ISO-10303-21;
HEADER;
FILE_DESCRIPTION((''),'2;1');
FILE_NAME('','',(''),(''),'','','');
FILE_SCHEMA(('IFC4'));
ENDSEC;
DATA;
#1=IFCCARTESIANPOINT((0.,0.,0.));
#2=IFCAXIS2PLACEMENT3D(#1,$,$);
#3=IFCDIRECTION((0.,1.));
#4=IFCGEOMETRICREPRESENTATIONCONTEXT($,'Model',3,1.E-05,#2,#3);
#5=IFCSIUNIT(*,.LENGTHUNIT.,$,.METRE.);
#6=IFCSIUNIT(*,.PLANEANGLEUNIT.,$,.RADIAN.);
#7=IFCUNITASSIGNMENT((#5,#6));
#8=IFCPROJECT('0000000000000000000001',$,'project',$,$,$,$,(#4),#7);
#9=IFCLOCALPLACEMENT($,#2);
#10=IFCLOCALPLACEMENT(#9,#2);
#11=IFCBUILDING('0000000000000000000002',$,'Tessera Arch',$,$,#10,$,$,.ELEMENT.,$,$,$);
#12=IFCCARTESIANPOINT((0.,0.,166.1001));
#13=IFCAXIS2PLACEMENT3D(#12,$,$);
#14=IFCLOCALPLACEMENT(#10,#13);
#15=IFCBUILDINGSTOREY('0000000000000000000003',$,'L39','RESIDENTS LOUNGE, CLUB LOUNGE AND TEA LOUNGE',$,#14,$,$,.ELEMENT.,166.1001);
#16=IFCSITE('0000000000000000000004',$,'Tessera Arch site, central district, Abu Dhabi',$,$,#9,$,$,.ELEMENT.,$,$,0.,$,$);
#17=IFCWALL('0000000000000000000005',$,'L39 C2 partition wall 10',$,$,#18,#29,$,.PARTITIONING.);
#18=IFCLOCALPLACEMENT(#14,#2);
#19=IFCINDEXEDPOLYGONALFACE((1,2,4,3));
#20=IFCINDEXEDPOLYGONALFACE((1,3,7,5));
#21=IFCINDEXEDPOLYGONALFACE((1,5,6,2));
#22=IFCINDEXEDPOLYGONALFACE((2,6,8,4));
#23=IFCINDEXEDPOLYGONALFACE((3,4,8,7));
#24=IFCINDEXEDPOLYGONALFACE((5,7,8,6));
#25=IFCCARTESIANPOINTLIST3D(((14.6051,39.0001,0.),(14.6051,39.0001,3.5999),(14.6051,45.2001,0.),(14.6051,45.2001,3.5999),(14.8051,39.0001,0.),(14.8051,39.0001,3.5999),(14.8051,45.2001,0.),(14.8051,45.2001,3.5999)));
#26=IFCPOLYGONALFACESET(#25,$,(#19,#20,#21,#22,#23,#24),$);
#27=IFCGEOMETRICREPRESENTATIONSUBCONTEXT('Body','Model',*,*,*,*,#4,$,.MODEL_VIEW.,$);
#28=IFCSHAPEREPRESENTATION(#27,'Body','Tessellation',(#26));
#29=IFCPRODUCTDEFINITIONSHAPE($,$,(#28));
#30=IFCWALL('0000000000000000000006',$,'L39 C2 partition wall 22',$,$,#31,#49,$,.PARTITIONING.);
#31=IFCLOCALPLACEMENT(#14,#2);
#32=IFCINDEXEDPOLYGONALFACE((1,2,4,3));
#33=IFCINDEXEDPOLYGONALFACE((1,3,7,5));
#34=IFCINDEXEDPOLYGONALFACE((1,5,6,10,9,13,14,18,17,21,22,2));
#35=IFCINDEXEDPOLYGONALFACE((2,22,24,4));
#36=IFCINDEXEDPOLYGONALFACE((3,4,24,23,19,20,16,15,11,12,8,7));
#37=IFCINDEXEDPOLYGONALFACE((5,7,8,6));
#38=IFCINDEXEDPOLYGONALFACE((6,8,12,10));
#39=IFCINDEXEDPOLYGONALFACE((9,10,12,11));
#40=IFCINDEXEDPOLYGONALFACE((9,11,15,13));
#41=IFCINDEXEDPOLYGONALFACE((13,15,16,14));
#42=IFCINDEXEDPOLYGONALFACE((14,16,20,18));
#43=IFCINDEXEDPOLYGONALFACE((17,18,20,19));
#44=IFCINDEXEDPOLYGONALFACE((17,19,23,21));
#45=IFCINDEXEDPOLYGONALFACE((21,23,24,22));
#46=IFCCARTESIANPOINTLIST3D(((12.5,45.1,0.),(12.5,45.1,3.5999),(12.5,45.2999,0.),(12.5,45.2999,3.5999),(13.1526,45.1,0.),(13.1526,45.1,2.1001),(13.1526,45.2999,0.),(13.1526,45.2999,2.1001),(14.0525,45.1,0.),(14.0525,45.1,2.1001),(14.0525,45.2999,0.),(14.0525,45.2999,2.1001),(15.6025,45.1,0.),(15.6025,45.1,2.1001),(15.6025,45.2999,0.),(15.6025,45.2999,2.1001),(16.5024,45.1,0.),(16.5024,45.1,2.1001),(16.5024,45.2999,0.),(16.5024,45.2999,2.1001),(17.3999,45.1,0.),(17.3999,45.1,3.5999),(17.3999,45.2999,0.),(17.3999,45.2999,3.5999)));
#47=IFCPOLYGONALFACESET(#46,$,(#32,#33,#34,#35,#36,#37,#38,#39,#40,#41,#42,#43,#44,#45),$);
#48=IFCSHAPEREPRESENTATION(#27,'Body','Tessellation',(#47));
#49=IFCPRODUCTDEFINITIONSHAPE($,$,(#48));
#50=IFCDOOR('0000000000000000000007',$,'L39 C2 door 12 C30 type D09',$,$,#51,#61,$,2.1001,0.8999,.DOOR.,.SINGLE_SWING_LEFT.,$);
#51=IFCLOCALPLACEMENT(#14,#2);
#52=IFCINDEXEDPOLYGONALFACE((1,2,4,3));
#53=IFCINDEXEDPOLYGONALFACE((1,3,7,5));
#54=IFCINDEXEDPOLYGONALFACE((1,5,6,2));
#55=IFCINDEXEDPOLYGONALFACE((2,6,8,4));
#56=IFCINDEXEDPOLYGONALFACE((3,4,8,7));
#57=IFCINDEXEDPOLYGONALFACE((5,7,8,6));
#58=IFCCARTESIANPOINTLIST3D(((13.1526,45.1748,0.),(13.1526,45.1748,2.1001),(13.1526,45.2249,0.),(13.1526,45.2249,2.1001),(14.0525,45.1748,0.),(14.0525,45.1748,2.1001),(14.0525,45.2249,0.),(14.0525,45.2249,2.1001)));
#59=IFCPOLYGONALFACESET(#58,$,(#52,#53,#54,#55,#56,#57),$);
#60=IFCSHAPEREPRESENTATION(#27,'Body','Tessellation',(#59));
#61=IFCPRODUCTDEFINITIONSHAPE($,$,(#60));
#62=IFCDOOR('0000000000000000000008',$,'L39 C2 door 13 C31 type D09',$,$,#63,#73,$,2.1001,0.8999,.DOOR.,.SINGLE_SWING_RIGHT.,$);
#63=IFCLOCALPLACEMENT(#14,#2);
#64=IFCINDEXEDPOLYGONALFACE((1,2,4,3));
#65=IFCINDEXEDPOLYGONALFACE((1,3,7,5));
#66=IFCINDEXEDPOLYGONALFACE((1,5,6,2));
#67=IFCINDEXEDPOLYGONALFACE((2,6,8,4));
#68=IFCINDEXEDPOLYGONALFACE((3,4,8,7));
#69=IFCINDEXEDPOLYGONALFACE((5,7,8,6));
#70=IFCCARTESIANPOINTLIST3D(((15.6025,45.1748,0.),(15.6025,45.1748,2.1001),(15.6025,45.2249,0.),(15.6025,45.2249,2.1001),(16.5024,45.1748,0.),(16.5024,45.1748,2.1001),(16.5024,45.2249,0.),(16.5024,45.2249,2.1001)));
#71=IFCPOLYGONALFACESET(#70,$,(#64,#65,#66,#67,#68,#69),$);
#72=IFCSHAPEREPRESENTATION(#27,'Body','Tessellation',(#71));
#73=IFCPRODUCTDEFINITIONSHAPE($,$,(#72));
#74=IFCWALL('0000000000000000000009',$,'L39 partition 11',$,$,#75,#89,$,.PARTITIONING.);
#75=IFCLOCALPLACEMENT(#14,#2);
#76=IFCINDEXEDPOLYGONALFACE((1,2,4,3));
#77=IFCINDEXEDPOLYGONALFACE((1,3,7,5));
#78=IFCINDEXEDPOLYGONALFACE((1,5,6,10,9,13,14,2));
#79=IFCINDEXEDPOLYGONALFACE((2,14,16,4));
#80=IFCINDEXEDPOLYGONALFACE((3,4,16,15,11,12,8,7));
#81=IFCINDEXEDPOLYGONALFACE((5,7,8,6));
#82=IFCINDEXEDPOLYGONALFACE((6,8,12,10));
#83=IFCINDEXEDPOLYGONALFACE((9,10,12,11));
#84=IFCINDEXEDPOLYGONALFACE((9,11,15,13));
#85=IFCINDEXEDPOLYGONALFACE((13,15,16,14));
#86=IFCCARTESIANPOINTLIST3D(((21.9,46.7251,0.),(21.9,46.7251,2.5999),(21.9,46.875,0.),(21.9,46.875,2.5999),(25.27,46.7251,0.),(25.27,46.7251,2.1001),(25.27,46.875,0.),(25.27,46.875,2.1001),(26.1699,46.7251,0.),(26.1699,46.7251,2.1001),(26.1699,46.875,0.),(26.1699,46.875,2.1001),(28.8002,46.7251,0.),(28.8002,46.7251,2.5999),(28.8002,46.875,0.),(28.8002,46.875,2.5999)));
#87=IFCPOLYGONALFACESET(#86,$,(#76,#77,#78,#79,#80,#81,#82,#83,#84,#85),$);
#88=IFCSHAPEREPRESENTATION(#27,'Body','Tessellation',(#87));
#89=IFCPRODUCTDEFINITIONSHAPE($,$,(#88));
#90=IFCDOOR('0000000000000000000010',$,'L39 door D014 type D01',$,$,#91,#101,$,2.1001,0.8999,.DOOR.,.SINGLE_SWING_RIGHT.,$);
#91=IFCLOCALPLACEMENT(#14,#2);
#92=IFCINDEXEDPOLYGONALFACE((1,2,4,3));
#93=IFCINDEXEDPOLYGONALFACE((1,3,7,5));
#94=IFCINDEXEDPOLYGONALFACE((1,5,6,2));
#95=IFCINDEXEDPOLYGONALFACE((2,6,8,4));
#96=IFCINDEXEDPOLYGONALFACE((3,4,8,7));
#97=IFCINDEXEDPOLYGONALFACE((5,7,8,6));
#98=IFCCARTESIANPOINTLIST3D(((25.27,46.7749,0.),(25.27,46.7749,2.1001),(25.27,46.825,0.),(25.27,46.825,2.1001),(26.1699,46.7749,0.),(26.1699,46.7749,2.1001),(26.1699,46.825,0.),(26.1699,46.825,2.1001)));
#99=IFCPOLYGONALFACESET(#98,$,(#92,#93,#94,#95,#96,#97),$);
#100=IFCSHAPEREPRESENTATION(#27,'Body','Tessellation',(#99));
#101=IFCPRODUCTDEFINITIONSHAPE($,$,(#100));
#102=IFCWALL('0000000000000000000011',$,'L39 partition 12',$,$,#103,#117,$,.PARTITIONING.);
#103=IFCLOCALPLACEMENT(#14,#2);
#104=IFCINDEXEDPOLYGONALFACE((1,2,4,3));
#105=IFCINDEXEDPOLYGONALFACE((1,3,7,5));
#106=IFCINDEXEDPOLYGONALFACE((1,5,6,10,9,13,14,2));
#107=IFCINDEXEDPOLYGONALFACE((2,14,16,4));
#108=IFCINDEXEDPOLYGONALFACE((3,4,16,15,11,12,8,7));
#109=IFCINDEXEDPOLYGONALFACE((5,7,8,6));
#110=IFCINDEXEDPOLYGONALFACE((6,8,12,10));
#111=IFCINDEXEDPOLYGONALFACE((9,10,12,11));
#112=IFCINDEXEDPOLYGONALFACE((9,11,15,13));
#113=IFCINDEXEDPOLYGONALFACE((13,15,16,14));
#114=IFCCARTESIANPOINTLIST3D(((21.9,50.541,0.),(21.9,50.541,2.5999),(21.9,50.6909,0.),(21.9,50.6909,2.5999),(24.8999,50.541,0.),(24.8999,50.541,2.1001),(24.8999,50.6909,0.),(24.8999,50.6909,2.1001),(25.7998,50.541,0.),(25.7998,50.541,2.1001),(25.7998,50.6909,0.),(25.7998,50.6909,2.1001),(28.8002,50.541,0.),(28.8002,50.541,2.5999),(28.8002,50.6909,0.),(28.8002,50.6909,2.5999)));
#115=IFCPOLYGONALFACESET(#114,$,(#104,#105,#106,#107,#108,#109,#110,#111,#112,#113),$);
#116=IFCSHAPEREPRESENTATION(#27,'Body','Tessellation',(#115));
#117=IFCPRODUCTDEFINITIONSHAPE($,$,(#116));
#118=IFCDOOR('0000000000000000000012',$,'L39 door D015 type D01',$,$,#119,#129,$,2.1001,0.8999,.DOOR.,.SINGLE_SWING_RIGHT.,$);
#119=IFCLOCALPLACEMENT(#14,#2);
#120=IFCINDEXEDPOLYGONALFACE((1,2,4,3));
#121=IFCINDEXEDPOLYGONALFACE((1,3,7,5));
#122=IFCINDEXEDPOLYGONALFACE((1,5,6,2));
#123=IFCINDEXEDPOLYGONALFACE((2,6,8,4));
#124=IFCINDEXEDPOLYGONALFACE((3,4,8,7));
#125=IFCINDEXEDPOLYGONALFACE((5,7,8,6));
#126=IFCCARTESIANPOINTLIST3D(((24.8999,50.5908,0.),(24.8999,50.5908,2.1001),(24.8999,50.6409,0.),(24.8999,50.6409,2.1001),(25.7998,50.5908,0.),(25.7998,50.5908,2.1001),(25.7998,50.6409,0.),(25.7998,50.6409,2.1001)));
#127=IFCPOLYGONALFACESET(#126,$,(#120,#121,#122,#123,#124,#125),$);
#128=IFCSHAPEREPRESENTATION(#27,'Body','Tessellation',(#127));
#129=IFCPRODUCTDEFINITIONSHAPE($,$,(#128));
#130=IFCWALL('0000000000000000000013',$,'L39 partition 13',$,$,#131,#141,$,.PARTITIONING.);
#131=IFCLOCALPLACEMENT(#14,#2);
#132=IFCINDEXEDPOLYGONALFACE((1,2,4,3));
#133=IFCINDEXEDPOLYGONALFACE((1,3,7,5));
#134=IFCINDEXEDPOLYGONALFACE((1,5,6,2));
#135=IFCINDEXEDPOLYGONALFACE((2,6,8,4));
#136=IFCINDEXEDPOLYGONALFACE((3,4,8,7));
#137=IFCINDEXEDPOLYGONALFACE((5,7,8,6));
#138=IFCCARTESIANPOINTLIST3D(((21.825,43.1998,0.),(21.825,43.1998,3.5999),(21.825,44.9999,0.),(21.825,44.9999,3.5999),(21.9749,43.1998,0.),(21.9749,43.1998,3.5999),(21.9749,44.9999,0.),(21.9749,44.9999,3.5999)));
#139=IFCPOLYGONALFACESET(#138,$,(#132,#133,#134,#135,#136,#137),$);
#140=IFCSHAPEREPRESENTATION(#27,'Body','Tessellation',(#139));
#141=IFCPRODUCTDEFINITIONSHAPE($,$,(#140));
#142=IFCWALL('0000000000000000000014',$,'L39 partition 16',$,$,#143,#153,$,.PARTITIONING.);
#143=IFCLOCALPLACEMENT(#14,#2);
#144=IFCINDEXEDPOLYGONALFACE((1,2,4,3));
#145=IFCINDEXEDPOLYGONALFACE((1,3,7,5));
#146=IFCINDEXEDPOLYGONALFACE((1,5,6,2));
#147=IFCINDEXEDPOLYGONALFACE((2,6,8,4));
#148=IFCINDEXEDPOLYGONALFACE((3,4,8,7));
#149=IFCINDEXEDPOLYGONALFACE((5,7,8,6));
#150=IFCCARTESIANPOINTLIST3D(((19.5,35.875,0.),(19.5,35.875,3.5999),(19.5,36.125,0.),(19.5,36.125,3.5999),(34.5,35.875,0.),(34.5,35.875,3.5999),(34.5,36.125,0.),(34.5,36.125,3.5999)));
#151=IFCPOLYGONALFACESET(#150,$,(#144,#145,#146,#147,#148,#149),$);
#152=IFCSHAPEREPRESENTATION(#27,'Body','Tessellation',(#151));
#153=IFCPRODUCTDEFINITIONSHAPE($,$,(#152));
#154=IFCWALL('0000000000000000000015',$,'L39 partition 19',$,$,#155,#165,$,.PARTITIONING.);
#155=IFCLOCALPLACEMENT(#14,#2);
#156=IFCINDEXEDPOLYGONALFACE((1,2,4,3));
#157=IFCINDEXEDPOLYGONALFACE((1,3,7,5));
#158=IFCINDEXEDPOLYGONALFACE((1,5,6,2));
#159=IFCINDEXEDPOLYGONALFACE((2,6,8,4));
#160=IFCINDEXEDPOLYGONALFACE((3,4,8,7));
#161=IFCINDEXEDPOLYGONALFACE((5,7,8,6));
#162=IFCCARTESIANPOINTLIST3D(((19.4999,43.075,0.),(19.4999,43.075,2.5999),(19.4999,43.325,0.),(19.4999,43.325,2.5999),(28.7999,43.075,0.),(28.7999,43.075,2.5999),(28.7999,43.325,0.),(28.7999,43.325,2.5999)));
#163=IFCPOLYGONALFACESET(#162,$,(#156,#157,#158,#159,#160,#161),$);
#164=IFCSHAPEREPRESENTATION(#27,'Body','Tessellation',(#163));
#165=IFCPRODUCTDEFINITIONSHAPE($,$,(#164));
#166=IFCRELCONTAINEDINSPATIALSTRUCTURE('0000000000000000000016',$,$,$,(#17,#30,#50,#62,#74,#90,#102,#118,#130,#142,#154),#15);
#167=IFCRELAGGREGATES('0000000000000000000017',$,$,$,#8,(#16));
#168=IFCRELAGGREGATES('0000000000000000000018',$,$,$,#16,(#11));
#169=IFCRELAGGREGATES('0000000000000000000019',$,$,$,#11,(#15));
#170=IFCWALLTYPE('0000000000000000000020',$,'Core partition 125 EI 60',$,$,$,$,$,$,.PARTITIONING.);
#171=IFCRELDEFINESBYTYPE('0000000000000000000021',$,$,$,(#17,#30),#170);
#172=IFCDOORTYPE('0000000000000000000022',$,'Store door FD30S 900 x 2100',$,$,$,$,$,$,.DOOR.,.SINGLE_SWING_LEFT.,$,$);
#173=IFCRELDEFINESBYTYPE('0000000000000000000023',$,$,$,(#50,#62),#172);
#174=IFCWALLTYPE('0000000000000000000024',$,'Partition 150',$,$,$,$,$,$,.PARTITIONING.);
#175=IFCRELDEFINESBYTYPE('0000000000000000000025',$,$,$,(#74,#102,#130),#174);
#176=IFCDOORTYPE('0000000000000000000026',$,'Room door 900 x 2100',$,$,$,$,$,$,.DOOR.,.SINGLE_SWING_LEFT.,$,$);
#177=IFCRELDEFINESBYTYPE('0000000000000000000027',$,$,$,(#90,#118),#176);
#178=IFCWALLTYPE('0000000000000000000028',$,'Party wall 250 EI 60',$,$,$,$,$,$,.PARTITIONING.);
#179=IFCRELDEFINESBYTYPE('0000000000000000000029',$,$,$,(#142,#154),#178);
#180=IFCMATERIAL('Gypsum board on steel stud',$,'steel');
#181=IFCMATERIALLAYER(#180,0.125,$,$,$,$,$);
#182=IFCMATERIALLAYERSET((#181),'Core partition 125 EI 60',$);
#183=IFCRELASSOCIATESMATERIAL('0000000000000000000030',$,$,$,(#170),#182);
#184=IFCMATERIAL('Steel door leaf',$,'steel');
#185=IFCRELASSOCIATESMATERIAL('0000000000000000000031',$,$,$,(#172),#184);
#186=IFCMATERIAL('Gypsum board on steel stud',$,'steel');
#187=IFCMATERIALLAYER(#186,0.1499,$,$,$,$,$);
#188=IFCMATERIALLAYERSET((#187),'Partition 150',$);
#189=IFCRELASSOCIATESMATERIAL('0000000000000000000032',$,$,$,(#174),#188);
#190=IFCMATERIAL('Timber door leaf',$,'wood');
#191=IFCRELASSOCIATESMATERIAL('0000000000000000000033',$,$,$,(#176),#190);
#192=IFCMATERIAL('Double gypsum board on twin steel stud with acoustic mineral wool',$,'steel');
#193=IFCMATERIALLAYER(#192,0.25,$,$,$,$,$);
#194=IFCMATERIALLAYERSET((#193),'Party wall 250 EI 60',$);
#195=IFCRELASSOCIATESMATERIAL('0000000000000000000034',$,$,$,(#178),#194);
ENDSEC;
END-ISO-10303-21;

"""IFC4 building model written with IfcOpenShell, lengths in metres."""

from ifc_helpers import new_model, si_unit, direction, frame, frame_2d, origin, place, context, subcontext, project, spatial, rectangle, extrude, material, layer, layer_set, type_object, element, fill, save


model = new_model("IFC4")

# Units and contexts
model_context = context("Model", 3, precision=1e-05, world=origin(), true_north=direction((0.0, 1.0)))
body_context = subcontext(model_context, "Body", "Model", "MODEL_VIEW")
ifc_project = project(units=[si_unit("LENGTHUNIT", "METRE"), si_unit("PLANEANGLEUNIT", "RADIAN")], contexts=[model_context])

# Site, building, storey
site_placement = place(None, origin())
site = spatial("IfcSite", under=ifc_project, at=site_placement, Name="Tessera Arch site, central district, Abu Dhabi", CompositionType="ELEMENT", RefElevation=0.0)
building_placement = place(site_placement, origin())
building = spatial("IfcBuilding", under=site, at=building_placement, Name="Tessera Arch", CompositionType="ELEMENT")
storey_placement = place(building_placement, frame((0.0, 0.0, 166.1001)))
storey = spatial("IfcBuildingStorey", under=building, at=storey_placement, Name="L39", Description="RESIDENTS LOUNGE, CLUB LOUNGE AND TEA LOUNGE", CompositionType="ELEMENT", Elevation=166.1001)

# Wall
ifc_material_1 = material(Name="Gypsum board on steel stud", Category="steel")
ifc_layer_1 = layer(ifc_material_1, 0.125)
ifc_layer_set_1 = layer_set([ifc_layer_1], Name="Core partition 125 EI 60")
wall_type_1 = type_object("IfcWallType", Name="Core partition 125 EI 60", PredefinedType="PARTITIONING", material=ifc_layer_set_1)
wall_1_placement = place(storey_placement, frame((14.7051, 39.0, 0.0), z_axis=(0.0, 0.0, 1.0), x_axis=(0.0, 1.0, 0.0)))
element("IfcWall", 1, at=wall_1_placement, inside=storey, type_object=wall_type_1, Name="L39 C2 partition wall 10", PredefinedType="PARTITIONING", context=body_context, shape_type="SweptSolid", body=[
    extrude(rectangle(XDim=6.2, YDim=0.2, at=frame_2d((3.1001, 0.0))), origin(), (0.0, 0.0, 1.0), 3.5999),
])

# Wall, openings, doors
wall_2_placement = place(storey_placement, frame((12.5, 45.2, 0.0), z_axis=(0.0, 0.0, 1.0), x_axis=(1.0, 0.0, 0.0)))
wall_2 = element("IfcWall", 2, at=wall_2_placement, inside=storey, type_object=wall_type_1, Name="L39 C2 partition wall 22", PredefinedType="PARTITIONING", context=body_context, shape_type="SweptSolid", body=[
    extrude(rectangle(XDim=4.8999, YDim=0.2, at=frame_2d((2.45, 0.0))), origin(), (0.0, 0.0, 1.0), 3.5999),
])
opening_1_placement = place(wall_2_placement, frame((0.6526, 0.0, 0.0)))
opening_1 = element("IfcOpeningElement", 3, at=opening_1_placement, cuts=wall_2, PredefinedType="OPENING", context=body_context, shape_type="SweptSolid", body=[
    extrude(rectangle(XDim=0.8999, YDim=2.1001, at=frame_2d((0.45, 1.05))), frame((0.0, 0.1099, 0.0), z_axis=(0.0, -1.0, 0.0), x_axis=(1.0, 0.0, 0.0)), (0.0, 0.0, 1.0), 0.22),
])
opening_2_placement = place(wall_2_placement, frame((3.1025, 0.0, 0.0)))
opening_2 = element("IfcOpeningElement", 4, at=opening_2_placement, cuts=wall_2, PredefinedType="OPENING", context=body_context, shape_type="SweptSolid", body=[
    extrude(rectangle(XDim=0.8999, YDim=2.1001, at=frame_2d((0.45, 1.05))), frame((0.0, 0.1099, 0.0), z_axis=(0.0, -1.0, 0.0), x_axis=(1.0, 0.0, 0.0)), (0.0, 0.0, 1.0), 0.22),
])
ifc_material_2 = material(Name="Steel door leaf", Category="steel")
door_type_1 = type_object("IfcDoorType", Name="Store door FD30S 900 x 2100", OperationType="SINGLE_SWING_LEFT", PredefinedType="DOOR", material=ifc_material_2)
door_1_placement = place(opening_1_placement, origin())
door_1 = element("IfcDoor", 5, at=door_1_placement, inside=storey, type_object=door_type_1, Name="L39 C2 door 12 C30 type D09", OperationType="SINGLE_SWING_LEFT", OverallHeight=2.1001, OverallWidth=0.8999, PredefinedType="DOOR", context=body_context, shape_type="SweptSolid", body=[
    extrude(rectangle(XDim=0.8999, YDim=2.1001, at=frame_2d((0.45, 1.05))), frame((0.0, 0.0249, 0.0), z_axis=(0.0, -1.0, 0.0), x_axis=(1.0, 0.0, 0.0)), (0.0, 0.0, 1.0), 0.05),
])
fill(opening_1, door_1)
door_2_placement = place(opening_2_placement, origin())
door_2 = element("IfcDoor", 6, at=door_2_placement, inside=storey, type_object=door_type_1, Name="L39 C2 door 13 C31 type D09", OperationType="SINGLE_SWING_RIGHT", OverallHeight=2.1001, OverallWidth=0.8999, PredefinedType="DOOR", context=body_context, shape_type="SweptSolid", body=[
    extrude(rectangle(XDim=0.8999, YDim=2.1001, at=frame_2d((0.45, 1.05))), frame((0.0, 0.0249, 0.0), z_axis=(0.0, -1.0, 0.0), x_axis=(1.0, 0.0, 0.0)), (0.0, 0.0, 1.0), 0.05),
])
fill(opening_2, door_2)

# Walls, openings, doors
ifc_material_3 = material(Name="Gypsum board on steel stud", Category="steel")
ifc_layer_2 = layer(ifc_material_3, 0.1499)
ifc_layer_set_2 = layer_set([ifc_layer_2], Name="Partition 150")
wall_type_2 = type_object("IfcWallType", Name="Partition 150", PredefinedType="PARTITIONING", material=ifc_layer_set_2)
wall_3_placement = place(storey_placement, frame((21.8999, 46.8, 0.0), z_axis=(0.0, 0.0, 1.0), x_axis=(1.0, 0.0, 0.0)))
wall_3 = element("IfcWall", 7, at=wall_3_placement, inside=storey, type_object=wall_type_2, Name="L39 partition 11", PredefinedType="PARTITIONING", context=body_context, shape_type="SweptSolid", body=[
    extrude(rectangle(XDim=6.9001, YDim=0.1499, at=frame_2d((3.4502, 0.0))), origin(), (0.0, 0.0, 1.0), 2.5999),
])
opening_3_placement = place(wall_3_placement, frame((3.3701, 0.0, 0.0)))
opening_3 = element("IfcOpeningElement", 8, at=opening_3_placement, cuts=wall_3, PredefinedType="OPENING", context=body_context, shape_type="SweptSolid", body=[
    extrude(rectangle(XDim=0.8999, YDim=2.1001, at=frame_2d((0.45, 1.05))), frame((0.0, 0.085, 0.0), z_axis=(0.0, -1.0, 0.0), x_axis=(1.0, 0.0, 0.0)), (0.0, 0.0, 1.0), 0.1699),
])
ifc_material_4 = material(Name="Timber door leaf", Category="wood")
door_type_2 = type_object("IfcDoorType", Name="Room door 900 x 2100", OperationType="SINGLE_SWING_LEFT", PredefinedType="DOOR", material=ifc_material_4)
door_3_placement = place(opening_3_placement, origin())
door_3 = element("IfcDoor", 9, at=door_3_placement, inside=storey, type_object=door_type_2, Name="L39 door D014 type D01", OperationType="SINGLE_SWING_RIGHT", OverallHeight=2.1001, OverallWidth=0.8999, PredefinedType="DOOR", context=body_context, shape_type="SweptSolid", body=[
    extrude(rectangle(XDim=0.8999, YDim=2.1001, at=frame_2d((0.45, 1.05))), frame((0.0, 0.0249, 0.0), z_axis=(0.0, -1.0, 0.0), x_axis=(1.0, 0.0, 0.0)), (0.0, 0.0, 1.0), 0.05),
])
fill(opening_3, door_3)
wall_4_placement = place(storey_placement, frame((21.8999, 50.616, 0.0), z_axis=(0.0, 0.0, 1.0), x_axis=(1.0, 0.0, 0.0)))
wall_4 = element("IfcWall", 10, at=wall_4_placement, inside=storey, type_object=wall_type_2, Name="L39 partition 12", PredefinedType="PARTITIONING", context=body_context, shape_type="SweptSolid", body=[
    extrude(rectangle(XDim=6.9001, YDim=0.1499, at=frame_2d((3.4502, 0.0))), origin(), (0.0, 0.0, 1.0), 2.5999),
])
opening_4_placement = place(wall_4_placement, frame((3.0, 0.0, 0.0)))
opening_4 = element("IfcOpeningElement", 11, at=opening_4_placement, cuts=wall_4, PredefinedType="OPENING", context=body_context, shape_type="SweptSolid", body=[
    extrude(rectangle(XDim=0.8999, YDim=2.1001, at=frame_2d((0.45, 1.05))), frame((0.0, 0.085, 0.0), z_axis=(0.0, -1.0, 0.0), x_axis=(1.0, 0.0, 0.0)), (0.0, 0.0, 1.0), 0.1699),
])
door_4_placement = place(opening_4_placement, origin())
door_4 = element("IfcDoor", 12, at=door_4_placement, inside=storey, type_object=door_type_2, Name="L39 door D015 type D01", OperationType="SINGLE_SWING_RIGHT", OverallHeight=2.1001, OverallWidth=0.8999, PredefinedType="DOOR", context=body_context, shape_type="SweptSolid", body=[
    extrude(rectangle(XDim=0.8999, YDim=2.1001, at=frame_2d((0.45, 1.05))), frame((0.0, 0.0249, 0.0), z_axis=(0.0, -1.0, 0.0), x_axis=(1.0, 0.0, 0.0)), (0.0, 0.0, 1.0), 0.05),
])
fill(opening_4, door_4)

# Walls
wall_5_placement = place(storey_placement, frame((21.8999, 43.2, 0.0), z_axis=(0.0, 0.0, 1.0), x_axis=(0.0, 1.0, 0.0)))
element("IfcWall", 13, at=wall_5_placement, inside=storey, type_object=wall_type_2, Name="L39 partition 13", PredefinedType="PARTITIONING", context=body_context, shape_type="SweptSolid", body=[
    extrude(rectangle(XDim=1.8, YDim=0.1499, at=frame_2d((0.8999, 0.0))), origin(), (0.0, 0.0, 1.0), 3.5999),
])
ifc_material_5 = material(Name="Double gypsum board on twin steel stud with acoustic mineral wool", Category="steel")
ifc_layer_3 = layer(ifc_material_5, 0.25)
ifc_layer_set_3 = layer_set([ifc_layer_3], Name="Party wall 250 EI 60")
wall_type_3 = type_object("IfcWallType", Name="Party wall 250 EI 60", PredefinedType="PARTITIONING", material=ifc_layer_set_3)
wall_6_placement = place(storey_placement, frame((19.5, 36.0, 0.0), z_axis=(0.0, 0.0, 1.0), x_axis=(1.0, 0.0, 0.0)))
element("IfcWall", 14, at=wall_6_placement, inside=storey, type_object=wall_type_3, Name="L39 partition 16", PredefinedType="PARTITIONING", context=body_context, shape_type="SweptSolid", body=[
    extrude(rectangle(XDim=15.0, YDim=0.25, at=frame_2d((7.5, 0.0))), origin(), (0.0, 0.0, 1.0), 3.5999),
])
wall_7_placement = place(storey_placement, frame((19.5, 43.2, 0.0), z_axis=(0.0, 0.0, 1.0), x_axis=(1.0, 0.0, 0.0)))
element("IfcWall", 15, at=wall_7_placement, inside=storey, type_object=wall_type_3, Name="L39 partition 19", PredefinedType="PARTITIONING", context=body_context, shape_type="SweptSolid", body=[
    extrude(rectangle(XDim=9.3, YDim=0.25, at=frame_2d((4.6499, 0.0))), origin(), (0.0, 0.0, 1.0), 2.5999),
])

save(model, "model.ifc")
